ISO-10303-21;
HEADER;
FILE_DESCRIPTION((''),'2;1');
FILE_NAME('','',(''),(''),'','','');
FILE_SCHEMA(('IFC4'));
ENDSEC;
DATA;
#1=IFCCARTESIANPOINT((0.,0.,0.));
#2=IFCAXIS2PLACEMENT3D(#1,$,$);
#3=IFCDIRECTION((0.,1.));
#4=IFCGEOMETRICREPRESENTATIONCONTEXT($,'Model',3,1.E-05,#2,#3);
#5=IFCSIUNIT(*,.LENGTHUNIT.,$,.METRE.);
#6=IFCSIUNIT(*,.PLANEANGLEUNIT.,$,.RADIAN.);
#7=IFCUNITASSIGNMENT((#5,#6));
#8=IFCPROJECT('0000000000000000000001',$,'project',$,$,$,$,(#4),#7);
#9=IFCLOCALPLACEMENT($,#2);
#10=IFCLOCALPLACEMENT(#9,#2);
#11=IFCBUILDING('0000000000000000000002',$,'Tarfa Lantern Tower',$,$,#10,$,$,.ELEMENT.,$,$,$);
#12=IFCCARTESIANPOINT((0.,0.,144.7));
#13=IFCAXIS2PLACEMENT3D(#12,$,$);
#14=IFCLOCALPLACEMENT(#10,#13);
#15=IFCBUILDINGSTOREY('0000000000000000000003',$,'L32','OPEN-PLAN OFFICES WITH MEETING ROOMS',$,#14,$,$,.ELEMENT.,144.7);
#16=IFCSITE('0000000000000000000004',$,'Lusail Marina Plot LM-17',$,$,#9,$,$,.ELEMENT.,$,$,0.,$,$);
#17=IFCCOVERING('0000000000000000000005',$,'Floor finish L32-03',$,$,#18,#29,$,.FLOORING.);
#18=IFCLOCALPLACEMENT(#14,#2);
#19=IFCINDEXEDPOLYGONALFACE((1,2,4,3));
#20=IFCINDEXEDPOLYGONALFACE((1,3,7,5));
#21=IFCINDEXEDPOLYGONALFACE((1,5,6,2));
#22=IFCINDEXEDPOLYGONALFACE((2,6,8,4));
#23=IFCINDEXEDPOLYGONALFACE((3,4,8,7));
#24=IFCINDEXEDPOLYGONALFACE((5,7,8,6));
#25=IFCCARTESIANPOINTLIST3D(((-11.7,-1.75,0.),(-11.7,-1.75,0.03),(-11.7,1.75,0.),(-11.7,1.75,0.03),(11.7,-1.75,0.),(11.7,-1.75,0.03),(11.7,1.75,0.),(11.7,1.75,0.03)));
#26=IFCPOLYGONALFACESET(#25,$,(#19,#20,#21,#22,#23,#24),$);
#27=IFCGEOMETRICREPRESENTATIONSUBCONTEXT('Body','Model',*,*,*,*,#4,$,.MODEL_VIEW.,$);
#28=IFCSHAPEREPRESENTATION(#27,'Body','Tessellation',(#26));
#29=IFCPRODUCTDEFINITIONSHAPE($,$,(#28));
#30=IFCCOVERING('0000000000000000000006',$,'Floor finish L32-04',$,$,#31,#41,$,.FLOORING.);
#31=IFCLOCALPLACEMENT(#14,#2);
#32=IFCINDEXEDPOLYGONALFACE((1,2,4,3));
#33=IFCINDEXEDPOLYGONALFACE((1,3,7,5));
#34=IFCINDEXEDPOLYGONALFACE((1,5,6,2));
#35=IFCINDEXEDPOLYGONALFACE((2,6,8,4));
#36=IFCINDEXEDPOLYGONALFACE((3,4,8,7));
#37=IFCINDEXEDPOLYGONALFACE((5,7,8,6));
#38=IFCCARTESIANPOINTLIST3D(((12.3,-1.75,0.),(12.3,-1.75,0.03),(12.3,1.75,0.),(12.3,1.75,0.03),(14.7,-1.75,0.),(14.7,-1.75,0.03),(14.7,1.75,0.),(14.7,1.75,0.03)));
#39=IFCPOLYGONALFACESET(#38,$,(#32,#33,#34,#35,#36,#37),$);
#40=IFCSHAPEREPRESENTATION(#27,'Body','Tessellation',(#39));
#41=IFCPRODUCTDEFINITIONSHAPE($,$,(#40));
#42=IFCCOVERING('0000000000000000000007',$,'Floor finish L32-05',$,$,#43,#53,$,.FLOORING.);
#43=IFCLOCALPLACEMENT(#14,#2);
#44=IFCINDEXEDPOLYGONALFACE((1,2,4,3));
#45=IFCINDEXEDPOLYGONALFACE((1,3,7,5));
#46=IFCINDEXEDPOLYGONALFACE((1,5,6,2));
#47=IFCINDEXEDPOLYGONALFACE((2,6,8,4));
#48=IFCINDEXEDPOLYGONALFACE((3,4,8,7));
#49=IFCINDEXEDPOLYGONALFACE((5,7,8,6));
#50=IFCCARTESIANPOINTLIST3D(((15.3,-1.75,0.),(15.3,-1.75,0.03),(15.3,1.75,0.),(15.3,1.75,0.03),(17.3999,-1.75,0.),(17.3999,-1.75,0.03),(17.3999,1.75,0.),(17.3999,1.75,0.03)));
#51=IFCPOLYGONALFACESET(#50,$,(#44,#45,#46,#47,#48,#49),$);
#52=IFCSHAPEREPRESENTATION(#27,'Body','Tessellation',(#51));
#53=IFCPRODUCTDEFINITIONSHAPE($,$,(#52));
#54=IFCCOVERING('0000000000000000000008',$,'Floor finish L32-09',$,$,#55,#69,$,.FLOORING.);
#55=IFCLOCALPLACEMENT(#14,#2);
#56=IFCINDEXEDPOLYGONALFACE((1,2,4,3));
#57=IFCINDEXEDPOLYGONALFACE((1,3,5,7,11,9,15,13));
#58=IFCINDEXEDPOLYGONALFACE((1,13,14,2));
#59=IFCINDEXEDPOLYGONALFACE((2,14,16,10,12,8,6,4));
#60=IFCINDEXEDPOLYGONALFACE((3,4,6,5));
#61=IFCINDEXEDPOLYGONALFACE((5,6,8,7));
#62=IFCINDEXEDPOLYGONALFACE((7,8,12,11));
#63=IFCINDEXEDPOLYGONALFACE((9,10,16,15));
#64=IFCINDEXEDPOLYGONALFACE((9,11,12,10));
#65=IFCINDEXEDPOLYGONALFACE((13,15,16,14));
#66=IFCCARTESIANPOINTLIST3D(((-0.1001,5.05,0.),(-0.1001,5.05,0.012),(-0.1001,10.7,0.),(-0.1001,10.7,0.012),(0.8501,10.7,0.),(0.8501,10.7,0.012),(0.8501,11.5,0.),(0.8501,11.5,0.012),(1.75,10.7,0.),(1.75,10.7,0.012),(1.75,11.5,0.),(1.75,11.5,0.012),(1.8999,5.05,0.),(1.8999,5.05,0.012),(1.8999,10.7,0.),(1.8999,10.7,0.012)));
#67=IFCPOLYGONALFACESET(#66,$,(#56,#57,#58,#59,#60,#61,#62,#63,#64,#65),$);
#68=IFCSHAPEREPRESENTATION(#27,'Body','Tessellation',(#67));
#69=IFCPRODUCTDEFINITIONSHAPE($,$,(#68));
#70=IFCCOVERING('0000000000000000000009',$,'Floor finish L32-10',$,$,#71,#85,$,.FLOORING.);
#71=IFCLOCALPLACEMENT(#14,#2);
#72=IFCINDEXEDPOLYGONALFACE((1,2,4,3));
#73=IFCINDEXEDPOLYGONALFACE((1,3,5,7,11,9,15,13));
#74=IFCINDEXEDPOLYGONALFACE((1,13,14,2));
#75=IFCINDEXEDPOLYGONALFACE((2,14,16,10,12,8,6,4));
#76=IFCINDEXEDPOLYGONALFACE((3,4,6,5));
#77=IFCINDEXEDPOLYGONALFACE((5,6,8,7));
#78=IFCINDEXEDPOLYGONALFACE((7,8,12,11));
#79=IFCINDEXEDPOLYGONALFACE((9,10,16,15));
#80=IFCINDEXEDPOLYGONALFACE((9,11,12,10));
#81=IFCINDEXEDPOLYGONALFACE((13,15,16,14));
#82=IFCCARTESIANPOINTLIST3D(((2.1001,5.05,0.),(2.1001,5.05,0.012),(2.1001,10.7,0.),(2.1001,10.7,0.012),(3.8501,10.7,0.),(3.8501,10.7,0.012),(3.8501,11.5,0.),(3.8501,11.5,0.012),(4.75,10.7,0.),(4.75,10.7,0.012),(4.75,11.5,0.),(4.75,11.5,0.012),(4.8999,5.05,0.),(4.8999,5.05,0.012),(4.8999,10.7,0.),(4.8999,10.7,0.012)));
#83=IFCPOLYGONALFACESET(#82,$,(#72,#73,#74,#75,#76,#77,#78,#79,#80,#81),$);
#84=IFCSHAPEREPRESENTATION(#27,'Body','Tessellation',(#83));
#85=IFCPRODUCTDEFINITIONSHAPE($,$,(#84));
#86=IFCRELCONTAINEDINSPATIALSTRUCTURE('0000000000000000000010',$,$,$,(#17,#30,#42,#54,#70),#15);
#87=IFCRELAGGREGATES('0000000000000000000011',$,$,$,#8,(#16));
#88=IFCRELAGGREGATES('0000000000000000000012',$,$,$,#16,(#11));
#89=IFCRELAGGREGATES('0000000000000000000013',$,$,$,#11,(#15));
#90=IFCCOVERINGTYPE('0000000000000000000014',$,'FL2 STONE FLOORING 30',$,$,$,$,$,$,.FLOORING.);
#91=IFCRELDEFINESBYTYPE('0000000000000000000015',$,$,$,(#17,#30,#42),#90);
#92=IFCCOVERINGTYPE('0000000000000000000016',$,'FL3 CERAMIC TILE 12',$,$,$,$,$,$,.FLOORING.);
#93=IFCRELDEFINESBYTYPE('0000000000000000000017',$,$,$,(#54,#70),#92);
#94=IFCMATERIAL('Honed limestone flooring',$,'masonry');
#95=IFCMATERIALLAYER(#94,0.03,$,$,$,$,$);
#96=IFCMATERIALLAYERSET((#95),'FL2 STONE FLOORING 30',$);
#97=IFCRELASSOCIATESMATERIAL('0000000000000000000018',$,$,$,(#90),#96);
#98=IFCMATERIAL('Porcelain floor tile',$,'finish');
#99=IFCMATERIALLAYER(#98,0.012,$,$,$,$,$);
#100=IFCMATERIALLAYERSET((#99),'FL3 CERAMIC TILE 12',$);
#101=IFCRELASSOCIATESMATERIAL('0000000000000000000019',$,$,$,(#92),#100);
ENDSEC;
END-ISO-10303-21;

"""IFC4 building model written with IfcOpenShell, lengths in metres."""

from ifc_helpers import new_model, si_unit, direction, frame, origin, place, context, subcontext, project, spatial, polyline, outline, extrude, material, layer, layer_set, type_object, element, save


model = new_model("IFC4")

# Units and contexts
model_context = context("Model", 3, precision=1e-05, world=origin(), true_north=direction((0.0, 1.0)))
body_context = subcontext(model_context, "Body", "Model", "MODEL_VIEW")
ifc_project = project(units=[si_unit("LENGTHUNIT", "METRE"), si_unit("PLANEANGLEUNIT", "RADIAN")], contexts=[model_context])

# Site, building, storey
site_placement = place(None, origin())
site = spatial("IfcSite", under=ifc_project, at=site_placement, Name="Lusail Marina Plot LM-17", CompositionType="ELEMENT", RefElevation=0.0)
building_placement = place(site_placement, origin())
building = spatial("IfcBuilding", under=site, at=building_placement, Name="Tarfa Lantern Tower", CompositionType="ELEMENT")
storey_placement = place(building_placement, frame((0.0, 0.0, 144.7)))
storey = spatial("IfcBuildingStorey", under=building, at=storey_placement, Name="L32", Description="OPEN-PLAN OFFICES WITH MEETING ROOMS", CompositionType="ELEMENT", Elevation=144.7)

# Coverings
ifc_material_1 = material(Name="Honed limestone flooring", Category="masonry")
ifc_layer_1 = layer(ifc_material_1, 0.03)
ifc_layer_set_1 = layer_set([ifc_layer_1], Name="FL2 STONE FLOORING 30")
covering_type_1 = type_object("IfcCoveringType", Name="FL2 STONE FLOORING 30", PredefinedType="FLOORING", material=ifc_layer_set_1)
covering_1_placement = place(storey_placement, origin())
element("IfcCovering", 1, at=covering_1_placement, inside=storey, type_object=covering_type_1, Name="Floor finish L32-03", PredefinedType="FLOORING", context=body_context, shape_type="SweptSolid", body=[
    extrude(outline(polyline([(-11.7, -1.75), (11.7, -1.75), (11.7, 1.75), (-11.7, 1.75), (-11.7, -1.75)])), origin(), (0.0, 0.0, 1.0), 0.03),
])
covering_2_placement = place(storey_placement, origin())
element("IfcCovering", 2, at=covering_2_placement, inside=storey, type_object=covering_type_1, Name="Floor finish L32-04", PredefinedType="FLOORING", context=body_context, shape_type="SweptSolid", body=[
    extrude(outline(polyline([(12.3, -1.75), (14.7, -1.75), (14.7, 1.75), (12.3, 1.75), (12.3, -1.75)])), origin(), (0.0, 0.0, 1.0), 0.03),
])
covering_3_placement = place(storey_placement, origin())
element("IfcCovering", 3, at=covering_3_placement, inside=storey, type_object=covering_type_1, Name="Floor finish L32-05", PredefinedType="FLOORING", context=body_context, shape_type="SweptSolid", body=[
    extrude(outline(polyline([(15.3, -1.75), (17.3999, -1.75), (17.3999, 1.75), (15.3, 1.75), (15.3, -1.75)])), origin(), (0.0, 0.0, 1.0), 0.03),
])
ifc_material_2 = material(Name="Porcelain floor tile", Category="finish")
ifc_layer_2 = layer(ifc_material_2, 0.012)
ifc_layer_set_2 = layer_set([ifc_layer_2], Name="FL3 CERAMIC TILE 12")
covering_type_2 = type_object("IfcCoveringType", Name="FL3 CERAMIC TILE 12", PredefinedType="FLOORING", material=ifc_layer_set_2)
covering_4_placement = place(storey_placement, origin())
element("IfcCovering", 4, at=covering_4_placement, inside=storey, type_object=covering_type_2, Name="Floor finish L32-09", PredefinedType="FLOORING", context=body_context, shape_type="SweptSolid", body=[
    extrude(outline(polyline([(0.8501, 10.7), (-0.1001, 10.7), (-0.1001, 5.05), (1.8999, 5.05), (1.8999, 10.7), (1.75, 10.7), (1.75, 11.5), (1.75, 11.5), (0.8501, 11.5), (0.8501, 10.7)])), origin(), (0.0, 0.0, 1.0), 0.012),
])
covering_5_placement = place(storey_placement, origin())
element("IfcCovering", 5, at=covering_5_placement, inside=storey, type_object=covering_type_2, Name="Floor finish L32-10", PredefinedType="FLOORING", context=body_context, shape_type="SweptSolid", body=[
    extrude(outline(polyline([(2.1001, 5.05), (4.8999, 5.05), (4.8999, 10.7), (4.75, 10.7), (4.75, 11.5), (3.8501, 11.5), (3.8501, 10.7), (2.1001, 10.7), (2.1001, 5.05)])), origin(), (0.0, 0.0, 1.0), 0.012),
])

save(model, "model.ifc")
